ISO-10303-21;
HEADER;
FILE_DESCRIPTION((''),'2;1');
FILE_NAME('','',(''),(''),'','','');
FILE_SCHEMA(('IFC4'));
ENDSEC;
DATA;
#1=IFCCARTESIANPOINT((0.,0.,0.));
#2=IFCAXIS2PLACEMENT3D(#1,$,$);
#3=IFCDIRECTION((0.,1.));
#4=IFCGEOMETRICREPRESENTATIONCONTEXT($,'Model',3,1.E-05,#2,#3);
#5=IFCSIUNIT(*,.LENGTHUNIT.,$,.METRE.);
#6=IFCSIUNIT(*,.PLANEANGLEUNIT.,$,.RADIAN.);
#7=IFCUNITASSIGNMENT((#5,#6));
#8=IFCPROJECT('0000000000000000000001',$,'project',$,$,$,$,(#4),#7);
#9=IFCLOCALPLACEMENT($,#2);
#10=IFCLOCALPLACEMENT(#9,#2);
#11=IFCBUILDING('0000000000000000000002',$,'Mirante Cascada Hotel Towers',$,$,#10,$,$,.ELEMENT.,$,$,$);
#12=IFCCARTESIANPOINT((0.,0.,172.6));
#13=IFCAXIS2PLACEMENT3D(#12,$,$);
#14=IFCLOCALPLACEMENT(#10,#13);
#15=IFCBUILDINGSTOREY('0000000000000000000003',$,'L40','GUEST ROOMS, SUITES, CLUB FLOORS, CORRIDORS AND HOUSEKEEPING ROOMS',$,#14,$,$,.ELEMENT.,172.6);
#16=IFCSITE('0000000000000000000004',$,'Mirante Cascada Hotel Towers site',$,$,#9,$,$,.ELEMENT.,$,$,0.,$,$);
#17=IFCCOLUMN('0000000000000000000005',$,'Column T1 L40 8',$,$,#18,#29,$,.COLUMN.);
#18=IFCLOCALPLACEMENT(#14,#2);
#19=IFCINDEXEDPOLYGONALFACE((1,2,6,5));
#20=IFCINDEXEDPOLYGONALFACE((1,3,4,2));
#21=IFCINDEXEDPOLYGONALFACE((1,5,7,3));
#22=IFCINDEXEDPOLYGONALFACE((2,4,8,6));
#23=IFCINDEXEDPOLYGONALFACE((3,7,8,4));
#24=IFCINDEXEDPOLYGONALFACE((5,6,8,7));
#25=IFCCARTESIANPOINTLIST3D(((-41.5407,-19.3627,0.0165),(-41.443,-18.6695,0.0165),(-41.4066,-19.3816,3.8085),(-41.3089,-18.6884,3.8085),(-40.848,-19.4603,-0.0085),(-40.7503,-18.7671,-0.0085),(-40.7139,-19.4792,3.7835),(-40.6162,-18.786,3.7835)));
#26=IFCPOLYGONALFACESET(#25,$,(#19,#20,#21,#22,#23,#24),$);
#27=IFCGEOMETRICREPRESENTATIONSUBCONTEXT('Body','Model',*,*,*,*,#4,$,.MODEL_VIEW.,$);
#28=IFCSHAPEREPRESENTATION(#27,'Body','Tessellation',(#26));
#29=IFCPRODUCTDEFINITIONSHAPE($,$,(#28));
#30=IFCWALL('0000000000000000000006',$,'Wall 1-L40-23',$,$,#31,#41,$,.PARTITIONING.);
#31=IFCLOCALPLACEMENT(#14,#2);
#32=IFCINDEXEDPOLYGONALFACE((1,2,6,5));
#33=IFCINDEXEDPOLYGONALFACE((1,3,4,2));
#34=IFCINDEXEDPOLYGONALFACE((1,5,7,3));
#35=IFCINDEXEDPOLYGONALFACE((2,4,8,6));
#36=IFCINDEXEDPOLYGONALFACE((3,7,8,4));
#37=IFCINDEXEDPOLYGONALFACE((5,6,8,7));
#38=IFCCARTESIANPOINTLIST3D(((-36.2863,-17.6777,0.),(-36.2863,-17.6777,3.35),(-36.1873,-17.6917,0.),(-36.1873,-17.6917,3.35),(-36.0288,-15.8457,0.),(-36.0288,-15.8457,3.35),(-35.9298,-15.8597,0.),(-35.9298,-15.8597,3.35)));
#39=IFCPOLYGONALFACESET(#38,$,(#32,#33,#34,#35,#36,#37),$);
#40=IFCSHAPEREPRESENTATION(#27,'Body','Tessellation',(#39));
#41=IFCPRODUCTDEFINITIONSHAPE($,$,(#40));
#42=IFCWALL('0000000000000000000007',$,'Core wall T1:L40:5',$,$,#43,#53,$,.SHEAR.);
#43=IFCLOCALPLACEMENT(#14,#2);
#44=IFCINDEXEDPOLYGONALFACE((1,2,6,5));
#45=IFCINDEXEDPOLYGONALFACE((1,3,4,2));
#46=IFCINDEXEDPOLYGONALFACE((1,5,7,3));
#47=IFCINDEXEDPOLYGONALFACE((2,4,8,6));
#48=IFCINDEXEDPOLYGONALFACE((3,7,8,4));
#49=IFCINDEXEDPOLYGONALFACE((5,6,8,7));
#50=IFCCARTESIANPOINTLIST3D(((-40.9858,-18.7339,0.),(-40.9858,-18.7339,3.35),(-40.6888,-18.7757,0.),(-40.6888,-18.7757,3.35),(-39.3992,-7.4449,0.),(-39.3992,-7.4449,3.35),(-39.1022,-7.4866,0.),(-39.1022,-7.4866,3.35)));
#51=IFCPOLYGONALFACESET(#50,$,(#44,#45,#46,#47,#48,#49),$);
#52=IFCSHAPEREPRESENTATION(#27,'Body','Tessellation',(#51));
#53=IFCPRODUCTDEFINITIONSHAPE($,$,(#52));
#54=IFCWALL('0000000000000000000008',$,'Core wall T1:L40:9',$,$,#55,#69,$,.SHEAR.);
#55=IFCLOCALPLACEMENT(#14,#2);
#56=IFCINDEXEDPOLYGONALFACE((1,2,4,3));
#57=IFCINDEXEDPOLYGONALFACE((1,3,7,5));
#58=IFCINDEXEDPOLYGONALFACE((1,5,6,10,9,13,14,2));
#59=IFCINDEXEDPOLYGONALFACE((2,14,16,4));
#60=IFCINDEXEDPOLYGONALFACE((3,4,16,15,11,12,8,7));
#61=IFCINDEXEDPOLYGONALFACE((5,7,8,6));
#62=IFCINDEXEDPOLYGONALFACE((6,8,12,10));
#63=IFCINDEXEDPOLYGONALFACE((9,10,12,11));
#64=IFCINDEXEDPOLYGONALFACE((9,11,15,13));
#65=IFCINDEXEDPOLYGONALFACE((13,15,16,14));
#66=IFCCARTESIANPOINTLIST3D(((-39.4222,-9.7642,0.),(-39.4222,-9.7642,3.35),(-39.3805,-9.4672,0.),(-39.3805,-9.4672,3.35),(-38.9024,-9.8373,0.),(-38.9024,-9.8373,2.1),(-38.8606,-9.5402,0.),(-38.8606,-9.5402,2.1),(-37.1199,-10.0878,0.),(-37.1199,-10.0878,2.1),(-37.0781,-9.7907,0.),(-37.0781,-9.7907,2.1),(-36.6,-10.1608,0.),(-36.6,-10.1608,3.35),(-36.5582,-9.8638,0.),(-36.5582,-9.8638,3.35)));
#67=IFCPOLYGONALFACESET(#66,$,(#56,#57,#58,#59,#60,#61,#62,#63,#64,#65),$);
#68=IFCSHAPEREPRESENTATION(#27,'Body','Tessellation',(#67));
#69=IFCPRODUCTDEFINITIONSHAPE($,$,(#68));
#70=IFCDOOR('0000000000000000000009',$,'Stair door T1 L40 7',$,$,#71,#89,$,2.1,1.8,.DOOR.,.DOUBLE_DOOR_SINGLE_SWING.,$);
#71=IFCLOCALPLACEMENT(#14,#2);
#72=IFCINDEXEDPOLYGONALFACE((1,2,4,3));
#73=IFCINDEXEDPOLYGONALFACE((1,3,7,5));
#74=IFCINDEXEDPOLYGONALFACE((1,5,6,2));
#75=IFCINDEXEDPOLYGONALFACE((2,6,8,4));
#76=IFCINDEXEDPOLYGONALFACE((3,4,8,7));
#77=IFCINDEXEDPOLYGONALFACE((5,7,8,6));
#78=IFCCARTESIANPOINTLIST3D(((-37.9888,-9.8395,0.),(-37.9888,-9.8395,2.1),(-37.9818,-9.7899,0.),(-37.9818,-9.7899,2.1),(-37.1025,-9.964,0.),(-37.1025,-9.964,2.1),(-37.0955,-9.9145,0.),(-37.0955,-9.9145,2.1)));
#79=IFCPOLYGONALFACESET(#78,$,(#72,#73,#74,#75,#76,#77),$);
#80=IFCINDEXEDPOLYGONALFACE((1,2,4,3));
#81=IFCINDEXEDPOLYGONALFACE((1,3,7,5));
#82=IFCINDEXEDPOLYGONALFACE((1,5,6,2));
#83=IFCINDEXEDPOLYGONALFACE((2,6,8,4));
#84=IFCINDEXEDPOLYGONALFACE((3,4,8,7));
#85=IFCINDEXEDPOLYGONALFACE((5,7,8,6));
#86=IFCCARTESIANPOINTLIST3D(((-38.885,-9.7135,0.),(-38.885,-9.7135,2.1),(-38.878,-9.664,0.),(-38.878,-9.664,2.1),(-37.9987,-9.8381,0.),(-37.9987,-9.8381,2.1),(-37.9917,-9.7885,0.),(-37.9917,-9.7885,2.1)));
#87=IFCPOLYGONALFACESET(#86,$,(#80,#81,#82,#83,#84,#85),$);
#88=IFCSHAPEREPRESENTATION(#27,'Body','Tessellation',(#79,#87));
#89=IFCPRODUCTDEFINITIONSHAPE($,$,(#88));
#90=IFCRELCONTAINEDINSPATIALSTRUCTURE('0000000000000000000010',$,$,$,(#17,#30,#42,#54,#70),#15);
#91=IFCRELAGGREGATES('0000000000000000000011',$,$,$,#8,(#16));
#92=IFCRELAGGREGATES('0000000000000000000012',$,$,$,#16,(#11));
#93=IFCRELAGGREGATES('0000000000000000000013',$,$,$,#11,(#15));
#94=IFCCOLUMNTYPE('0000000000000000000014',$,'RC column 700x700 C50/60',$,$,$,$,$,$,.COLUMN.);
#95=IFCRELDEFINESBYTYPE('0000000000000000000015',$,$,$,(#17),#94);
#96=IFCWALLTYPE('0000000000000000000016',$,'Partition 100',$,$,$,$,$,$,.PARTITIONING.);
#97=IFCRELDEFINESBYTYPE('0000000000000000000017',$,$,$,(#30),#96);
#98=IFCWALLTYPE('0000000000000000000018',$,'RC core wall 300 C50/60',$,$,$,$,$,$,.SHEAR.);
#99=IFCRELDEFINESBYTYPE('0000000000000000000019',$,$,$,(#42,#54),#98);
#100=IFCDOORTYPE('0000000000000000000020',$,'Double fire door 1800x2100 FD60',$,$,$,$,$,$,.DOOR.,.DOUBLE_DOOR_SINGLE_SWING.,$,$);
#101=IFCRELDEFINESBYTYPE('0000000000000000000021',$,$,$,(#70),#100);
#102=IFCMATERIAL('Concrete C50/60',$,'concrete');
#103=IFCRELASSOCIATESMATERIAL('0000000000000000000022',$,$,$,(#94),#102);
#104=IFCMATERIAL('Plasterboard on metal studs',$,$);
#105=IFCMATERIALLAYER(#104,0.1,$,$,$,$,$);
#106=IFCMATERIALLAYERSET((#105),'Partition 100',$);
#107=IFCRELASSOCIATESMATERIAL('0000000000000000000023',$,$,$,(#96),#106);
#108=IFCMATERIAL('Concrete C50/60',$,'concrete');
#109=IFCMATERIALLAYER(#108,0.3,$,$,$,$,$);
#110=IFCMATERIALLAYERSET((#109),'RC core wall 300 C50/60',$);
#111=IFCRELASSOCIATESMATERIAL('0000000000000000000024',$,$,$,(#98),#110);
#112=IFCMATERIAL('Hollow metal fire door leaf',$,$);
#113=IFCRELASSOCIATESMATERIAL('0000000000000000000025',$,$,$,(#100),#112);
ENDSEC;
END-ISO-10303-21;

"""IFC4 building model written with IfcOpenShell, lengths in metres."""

from ifc_helpers import new_model, si_unit, direction, frame, frame_2d, origin, origin_2d, place, context, subcontext, project, spatial, rectangle, extrude, material, layer, layer_set, material_profile, profile_set, type_object, element, fill, save


model = new_model("IFC4")

# Units and contexts
model_context = context("Model", 3, precision=1e-05, world=origin(), true_north=direction((0.0, 1.0)))
body_context = subcontext(model_context, "Body", "Model", "MODEL_VIEW")
ifc_project = project(units=[si_unit("LENGTHUNIT", "METRE"), si_unit("PLANEANGLEUNIT", "RADIAN")], contexts=[model_context])

# Site, building, storey
site_placement = place(None, origin())
site = spatial("IfcSite", under=ifc_project, at=site_placement, Name="Mirante Cascada Hotel Towers site", CompositionType="ELEMENT", RefElevation=0.0)
building_placement = place(site_placement, origin())
building = spatial("IfcBuilding", under=site, at=building_placement, Name="Mirante Cascada Hotel Towers", CompositionType="ELEMENT")
storey_placement = place(building_placement, frame((0.0, 0.0, 172.6)))
storey = spatial("IfcBuildingStorey", under=building, at=storey_placement, Name="L40", Description="GUEST ROOMS, SUITES, CLUB FLOORS, CORRIDORS AND HOUSEKEEPING ROOMS", CompositionType="ELEMENT", Elevation=172.6)

# Column
ifc_material_1 = material(Name="Concrete C50/60", Category="concrete")
ifc_material_profile = material_profile(ifc_material_1, rectangle(XDim=0.7, YDim=0.7, at=origin_2d()), Name="RC column 700x700 C50/60")
ifc_profile_set = profile_set([ifc_material_profile], Name="Concrete C50/60")
column_type = type_object("IfcColumnType", Name="RC column 700x700 C50/60", PredefinedType="COLUMN", material=ifc_profile_set)
column_placement = place(storey_placement, frame((-41.1455, -19.0649, 0.004), z_axis=(0.035341, -0.004981, 0.999363), x_axis=(0.13956, 0.990214, 0.0)))
element("IfcColumn", 1, at=column_placement, inside=storey, type_object=column_type, Name="Column T1 L40 8", PredefinedType="COLUMN", context=body_context, shape_type="SweptSolid", body=[
    extrude(rectangle(XDim=0.7, YDim=0.7, at=origin_2d()), origin(), (0.0, 0.0, 1.0), 3.7944),
])

# Walls
ifc_material_2 = material(Name="Plasterboard on metal studs")
ifc_layer_1 = layer(ifc_material_2, 0.1)
ifc_layer_set_1 = layer_set([ifc_layer_1], Name="Partition 100")
wall_type_1 = type_object("IfcWallType", Name="Partition 100", PredefinedType="PARTITIONING", material=ifc_layer_set_1)
wall_1_placement = place(storey_placement, frame((-36.2368, -17.6847, 0.0), z_axis=(0.0, 0.0, 1.0), x_axis=(0.139189, 0.990266, 0.0)))
element("IfcWall", 2, at=wall_1_placement, inside=storey, type_object=wall_type_1, Name="Wall 1-L40-23", PredefinedType="PARTITIONING", context=body_context, shape_type="SweptSolid", body=[
    extrude(rectangle(XDim=1.85, YDim=0.1, at=frame_2d((0.925, 0.0))), origin(), (0.0, 0.0, 1.0), 3.35),
])
ifc_material_3 = material(Name="Concrete C50/60", Category="concrete")
ifc_layer_2 = layer(ifc_material_3, 0.3)
ifc_layer_set_2 = layer_set([ifc_layer_2], Name="RC core wall 300 C50/60")
wall_type_2 = type_object("IfcWallType", Name="RC core wall 300 C50/60", PredefinedType="SHEAR", material=ifc_layer_set_2)
wall_2_placement = place(storey_placement, frame((-40.8373, -18.7548, 0.0), z_axis=(0.0, 0.0, 1.0), x_axis=(0.139175, 0.990268, 0.0)))
element("IfcWall", 3, at=wall_2_placement, inside=storey, type_object=wall_type_2, Name="Core wall T1:L40:5", PredefinedType="SHEAR", context=body_context, shape_type="SweptSolid", body=[
    extrude(rectangle(XDim=11.4, YDim=0.3, at=frame_2d((5.7, 0.0))), origin(), (0.0, 0.0, 1.0), 3.35),
])

# Wall, opening, door
wall_3_placement = place(storey_placement, frame((-36.5791, -10.0123, 0.0), z_axis=(0.0, 0.0, 1.0), x_axis=(-0.99027, 0.139156, 0.0)))
wall_3 = element("IfcWall", 4, at=wall_3_placement, inside=storey, type_object=wall_type_2, Name="Core wall T1:L40:9", PredefinedType="SHEAR", context=body_context, shape_type="SweptSolid", body=[
    extrude(rectangle(XDim=2.85, YDim=0.3, at=frame_2d((1.425, 0.0))), origin(), (0.0, 0.0, 1.0), 3.35),
])
opening_1_placement = place(wall_3_placement, frame((0.525, 0.0, 0.0)))
opening_1 = element("IfcOpeningElement", 5, at=opening_1_placement, cuts=wall_3, PredefinedType="OPENING", context=body_context, shape_type="SweptSolid", body=[
    extrude(rectangle(XDim=1.8, YDim=2.1, at=frame_2d((0.9, 1.05))), frame((0.0, 0.15, 0.0), z_axis=(0.0, -1.0, 0.0), x_axis=(1.0, 0.0, 0.0)), (0.0, 0.0, 1.0), 0.3),
])
ifc_material_4 = material(Name="Hollow metal fire door leaf")
door_type_1 = type_object("IfcDoorType", Name="Double fire door 1800x2100 FD60", OperationType="DOUBLE_DOOR_SINGLE_SWING", PredefinedType="DOOR", material=ifc_material_4)
door_1_placement = place(opening_1_placement, origin())
door_1 = element("IfcDoor", 6, at=door_1_placement, inside=storey, type_object=door_type_1, Name="Stair door T1 L40 7", OperationType="DOUBLE_DOOR_SINGLE_SWING", OverallHeight=2.1, OverallWidth=1.8, PredefinedType="DOOR", context=body_context, shape_type="SweptSolid", body=[
    extrude(rectangle(XDim=0.895, YDim=2.1, at=frame_2d((0.4475, 1.05))), frame((0.0, 0.025, 0.0), z_axis=(0.0, -1.0, 0.0), x_axis=(1.0, 0.0, 0.0)), (0.0, 0.0, 1.0), 0.05),
    extrude(rectangle(XDim=0.895, YDim=2.1, at=frame_2d((1.3525, 1.05))), frame((0.0, 0.025, 0.0), z_axis=(0.0, -1.0, 0.0), x_axis=(1.0, 0.0, 0.0)), (0.0, 0.0, 1.0), 0.05),
])
fill(opening_1, door_1)

save(model, "model.ifc")
